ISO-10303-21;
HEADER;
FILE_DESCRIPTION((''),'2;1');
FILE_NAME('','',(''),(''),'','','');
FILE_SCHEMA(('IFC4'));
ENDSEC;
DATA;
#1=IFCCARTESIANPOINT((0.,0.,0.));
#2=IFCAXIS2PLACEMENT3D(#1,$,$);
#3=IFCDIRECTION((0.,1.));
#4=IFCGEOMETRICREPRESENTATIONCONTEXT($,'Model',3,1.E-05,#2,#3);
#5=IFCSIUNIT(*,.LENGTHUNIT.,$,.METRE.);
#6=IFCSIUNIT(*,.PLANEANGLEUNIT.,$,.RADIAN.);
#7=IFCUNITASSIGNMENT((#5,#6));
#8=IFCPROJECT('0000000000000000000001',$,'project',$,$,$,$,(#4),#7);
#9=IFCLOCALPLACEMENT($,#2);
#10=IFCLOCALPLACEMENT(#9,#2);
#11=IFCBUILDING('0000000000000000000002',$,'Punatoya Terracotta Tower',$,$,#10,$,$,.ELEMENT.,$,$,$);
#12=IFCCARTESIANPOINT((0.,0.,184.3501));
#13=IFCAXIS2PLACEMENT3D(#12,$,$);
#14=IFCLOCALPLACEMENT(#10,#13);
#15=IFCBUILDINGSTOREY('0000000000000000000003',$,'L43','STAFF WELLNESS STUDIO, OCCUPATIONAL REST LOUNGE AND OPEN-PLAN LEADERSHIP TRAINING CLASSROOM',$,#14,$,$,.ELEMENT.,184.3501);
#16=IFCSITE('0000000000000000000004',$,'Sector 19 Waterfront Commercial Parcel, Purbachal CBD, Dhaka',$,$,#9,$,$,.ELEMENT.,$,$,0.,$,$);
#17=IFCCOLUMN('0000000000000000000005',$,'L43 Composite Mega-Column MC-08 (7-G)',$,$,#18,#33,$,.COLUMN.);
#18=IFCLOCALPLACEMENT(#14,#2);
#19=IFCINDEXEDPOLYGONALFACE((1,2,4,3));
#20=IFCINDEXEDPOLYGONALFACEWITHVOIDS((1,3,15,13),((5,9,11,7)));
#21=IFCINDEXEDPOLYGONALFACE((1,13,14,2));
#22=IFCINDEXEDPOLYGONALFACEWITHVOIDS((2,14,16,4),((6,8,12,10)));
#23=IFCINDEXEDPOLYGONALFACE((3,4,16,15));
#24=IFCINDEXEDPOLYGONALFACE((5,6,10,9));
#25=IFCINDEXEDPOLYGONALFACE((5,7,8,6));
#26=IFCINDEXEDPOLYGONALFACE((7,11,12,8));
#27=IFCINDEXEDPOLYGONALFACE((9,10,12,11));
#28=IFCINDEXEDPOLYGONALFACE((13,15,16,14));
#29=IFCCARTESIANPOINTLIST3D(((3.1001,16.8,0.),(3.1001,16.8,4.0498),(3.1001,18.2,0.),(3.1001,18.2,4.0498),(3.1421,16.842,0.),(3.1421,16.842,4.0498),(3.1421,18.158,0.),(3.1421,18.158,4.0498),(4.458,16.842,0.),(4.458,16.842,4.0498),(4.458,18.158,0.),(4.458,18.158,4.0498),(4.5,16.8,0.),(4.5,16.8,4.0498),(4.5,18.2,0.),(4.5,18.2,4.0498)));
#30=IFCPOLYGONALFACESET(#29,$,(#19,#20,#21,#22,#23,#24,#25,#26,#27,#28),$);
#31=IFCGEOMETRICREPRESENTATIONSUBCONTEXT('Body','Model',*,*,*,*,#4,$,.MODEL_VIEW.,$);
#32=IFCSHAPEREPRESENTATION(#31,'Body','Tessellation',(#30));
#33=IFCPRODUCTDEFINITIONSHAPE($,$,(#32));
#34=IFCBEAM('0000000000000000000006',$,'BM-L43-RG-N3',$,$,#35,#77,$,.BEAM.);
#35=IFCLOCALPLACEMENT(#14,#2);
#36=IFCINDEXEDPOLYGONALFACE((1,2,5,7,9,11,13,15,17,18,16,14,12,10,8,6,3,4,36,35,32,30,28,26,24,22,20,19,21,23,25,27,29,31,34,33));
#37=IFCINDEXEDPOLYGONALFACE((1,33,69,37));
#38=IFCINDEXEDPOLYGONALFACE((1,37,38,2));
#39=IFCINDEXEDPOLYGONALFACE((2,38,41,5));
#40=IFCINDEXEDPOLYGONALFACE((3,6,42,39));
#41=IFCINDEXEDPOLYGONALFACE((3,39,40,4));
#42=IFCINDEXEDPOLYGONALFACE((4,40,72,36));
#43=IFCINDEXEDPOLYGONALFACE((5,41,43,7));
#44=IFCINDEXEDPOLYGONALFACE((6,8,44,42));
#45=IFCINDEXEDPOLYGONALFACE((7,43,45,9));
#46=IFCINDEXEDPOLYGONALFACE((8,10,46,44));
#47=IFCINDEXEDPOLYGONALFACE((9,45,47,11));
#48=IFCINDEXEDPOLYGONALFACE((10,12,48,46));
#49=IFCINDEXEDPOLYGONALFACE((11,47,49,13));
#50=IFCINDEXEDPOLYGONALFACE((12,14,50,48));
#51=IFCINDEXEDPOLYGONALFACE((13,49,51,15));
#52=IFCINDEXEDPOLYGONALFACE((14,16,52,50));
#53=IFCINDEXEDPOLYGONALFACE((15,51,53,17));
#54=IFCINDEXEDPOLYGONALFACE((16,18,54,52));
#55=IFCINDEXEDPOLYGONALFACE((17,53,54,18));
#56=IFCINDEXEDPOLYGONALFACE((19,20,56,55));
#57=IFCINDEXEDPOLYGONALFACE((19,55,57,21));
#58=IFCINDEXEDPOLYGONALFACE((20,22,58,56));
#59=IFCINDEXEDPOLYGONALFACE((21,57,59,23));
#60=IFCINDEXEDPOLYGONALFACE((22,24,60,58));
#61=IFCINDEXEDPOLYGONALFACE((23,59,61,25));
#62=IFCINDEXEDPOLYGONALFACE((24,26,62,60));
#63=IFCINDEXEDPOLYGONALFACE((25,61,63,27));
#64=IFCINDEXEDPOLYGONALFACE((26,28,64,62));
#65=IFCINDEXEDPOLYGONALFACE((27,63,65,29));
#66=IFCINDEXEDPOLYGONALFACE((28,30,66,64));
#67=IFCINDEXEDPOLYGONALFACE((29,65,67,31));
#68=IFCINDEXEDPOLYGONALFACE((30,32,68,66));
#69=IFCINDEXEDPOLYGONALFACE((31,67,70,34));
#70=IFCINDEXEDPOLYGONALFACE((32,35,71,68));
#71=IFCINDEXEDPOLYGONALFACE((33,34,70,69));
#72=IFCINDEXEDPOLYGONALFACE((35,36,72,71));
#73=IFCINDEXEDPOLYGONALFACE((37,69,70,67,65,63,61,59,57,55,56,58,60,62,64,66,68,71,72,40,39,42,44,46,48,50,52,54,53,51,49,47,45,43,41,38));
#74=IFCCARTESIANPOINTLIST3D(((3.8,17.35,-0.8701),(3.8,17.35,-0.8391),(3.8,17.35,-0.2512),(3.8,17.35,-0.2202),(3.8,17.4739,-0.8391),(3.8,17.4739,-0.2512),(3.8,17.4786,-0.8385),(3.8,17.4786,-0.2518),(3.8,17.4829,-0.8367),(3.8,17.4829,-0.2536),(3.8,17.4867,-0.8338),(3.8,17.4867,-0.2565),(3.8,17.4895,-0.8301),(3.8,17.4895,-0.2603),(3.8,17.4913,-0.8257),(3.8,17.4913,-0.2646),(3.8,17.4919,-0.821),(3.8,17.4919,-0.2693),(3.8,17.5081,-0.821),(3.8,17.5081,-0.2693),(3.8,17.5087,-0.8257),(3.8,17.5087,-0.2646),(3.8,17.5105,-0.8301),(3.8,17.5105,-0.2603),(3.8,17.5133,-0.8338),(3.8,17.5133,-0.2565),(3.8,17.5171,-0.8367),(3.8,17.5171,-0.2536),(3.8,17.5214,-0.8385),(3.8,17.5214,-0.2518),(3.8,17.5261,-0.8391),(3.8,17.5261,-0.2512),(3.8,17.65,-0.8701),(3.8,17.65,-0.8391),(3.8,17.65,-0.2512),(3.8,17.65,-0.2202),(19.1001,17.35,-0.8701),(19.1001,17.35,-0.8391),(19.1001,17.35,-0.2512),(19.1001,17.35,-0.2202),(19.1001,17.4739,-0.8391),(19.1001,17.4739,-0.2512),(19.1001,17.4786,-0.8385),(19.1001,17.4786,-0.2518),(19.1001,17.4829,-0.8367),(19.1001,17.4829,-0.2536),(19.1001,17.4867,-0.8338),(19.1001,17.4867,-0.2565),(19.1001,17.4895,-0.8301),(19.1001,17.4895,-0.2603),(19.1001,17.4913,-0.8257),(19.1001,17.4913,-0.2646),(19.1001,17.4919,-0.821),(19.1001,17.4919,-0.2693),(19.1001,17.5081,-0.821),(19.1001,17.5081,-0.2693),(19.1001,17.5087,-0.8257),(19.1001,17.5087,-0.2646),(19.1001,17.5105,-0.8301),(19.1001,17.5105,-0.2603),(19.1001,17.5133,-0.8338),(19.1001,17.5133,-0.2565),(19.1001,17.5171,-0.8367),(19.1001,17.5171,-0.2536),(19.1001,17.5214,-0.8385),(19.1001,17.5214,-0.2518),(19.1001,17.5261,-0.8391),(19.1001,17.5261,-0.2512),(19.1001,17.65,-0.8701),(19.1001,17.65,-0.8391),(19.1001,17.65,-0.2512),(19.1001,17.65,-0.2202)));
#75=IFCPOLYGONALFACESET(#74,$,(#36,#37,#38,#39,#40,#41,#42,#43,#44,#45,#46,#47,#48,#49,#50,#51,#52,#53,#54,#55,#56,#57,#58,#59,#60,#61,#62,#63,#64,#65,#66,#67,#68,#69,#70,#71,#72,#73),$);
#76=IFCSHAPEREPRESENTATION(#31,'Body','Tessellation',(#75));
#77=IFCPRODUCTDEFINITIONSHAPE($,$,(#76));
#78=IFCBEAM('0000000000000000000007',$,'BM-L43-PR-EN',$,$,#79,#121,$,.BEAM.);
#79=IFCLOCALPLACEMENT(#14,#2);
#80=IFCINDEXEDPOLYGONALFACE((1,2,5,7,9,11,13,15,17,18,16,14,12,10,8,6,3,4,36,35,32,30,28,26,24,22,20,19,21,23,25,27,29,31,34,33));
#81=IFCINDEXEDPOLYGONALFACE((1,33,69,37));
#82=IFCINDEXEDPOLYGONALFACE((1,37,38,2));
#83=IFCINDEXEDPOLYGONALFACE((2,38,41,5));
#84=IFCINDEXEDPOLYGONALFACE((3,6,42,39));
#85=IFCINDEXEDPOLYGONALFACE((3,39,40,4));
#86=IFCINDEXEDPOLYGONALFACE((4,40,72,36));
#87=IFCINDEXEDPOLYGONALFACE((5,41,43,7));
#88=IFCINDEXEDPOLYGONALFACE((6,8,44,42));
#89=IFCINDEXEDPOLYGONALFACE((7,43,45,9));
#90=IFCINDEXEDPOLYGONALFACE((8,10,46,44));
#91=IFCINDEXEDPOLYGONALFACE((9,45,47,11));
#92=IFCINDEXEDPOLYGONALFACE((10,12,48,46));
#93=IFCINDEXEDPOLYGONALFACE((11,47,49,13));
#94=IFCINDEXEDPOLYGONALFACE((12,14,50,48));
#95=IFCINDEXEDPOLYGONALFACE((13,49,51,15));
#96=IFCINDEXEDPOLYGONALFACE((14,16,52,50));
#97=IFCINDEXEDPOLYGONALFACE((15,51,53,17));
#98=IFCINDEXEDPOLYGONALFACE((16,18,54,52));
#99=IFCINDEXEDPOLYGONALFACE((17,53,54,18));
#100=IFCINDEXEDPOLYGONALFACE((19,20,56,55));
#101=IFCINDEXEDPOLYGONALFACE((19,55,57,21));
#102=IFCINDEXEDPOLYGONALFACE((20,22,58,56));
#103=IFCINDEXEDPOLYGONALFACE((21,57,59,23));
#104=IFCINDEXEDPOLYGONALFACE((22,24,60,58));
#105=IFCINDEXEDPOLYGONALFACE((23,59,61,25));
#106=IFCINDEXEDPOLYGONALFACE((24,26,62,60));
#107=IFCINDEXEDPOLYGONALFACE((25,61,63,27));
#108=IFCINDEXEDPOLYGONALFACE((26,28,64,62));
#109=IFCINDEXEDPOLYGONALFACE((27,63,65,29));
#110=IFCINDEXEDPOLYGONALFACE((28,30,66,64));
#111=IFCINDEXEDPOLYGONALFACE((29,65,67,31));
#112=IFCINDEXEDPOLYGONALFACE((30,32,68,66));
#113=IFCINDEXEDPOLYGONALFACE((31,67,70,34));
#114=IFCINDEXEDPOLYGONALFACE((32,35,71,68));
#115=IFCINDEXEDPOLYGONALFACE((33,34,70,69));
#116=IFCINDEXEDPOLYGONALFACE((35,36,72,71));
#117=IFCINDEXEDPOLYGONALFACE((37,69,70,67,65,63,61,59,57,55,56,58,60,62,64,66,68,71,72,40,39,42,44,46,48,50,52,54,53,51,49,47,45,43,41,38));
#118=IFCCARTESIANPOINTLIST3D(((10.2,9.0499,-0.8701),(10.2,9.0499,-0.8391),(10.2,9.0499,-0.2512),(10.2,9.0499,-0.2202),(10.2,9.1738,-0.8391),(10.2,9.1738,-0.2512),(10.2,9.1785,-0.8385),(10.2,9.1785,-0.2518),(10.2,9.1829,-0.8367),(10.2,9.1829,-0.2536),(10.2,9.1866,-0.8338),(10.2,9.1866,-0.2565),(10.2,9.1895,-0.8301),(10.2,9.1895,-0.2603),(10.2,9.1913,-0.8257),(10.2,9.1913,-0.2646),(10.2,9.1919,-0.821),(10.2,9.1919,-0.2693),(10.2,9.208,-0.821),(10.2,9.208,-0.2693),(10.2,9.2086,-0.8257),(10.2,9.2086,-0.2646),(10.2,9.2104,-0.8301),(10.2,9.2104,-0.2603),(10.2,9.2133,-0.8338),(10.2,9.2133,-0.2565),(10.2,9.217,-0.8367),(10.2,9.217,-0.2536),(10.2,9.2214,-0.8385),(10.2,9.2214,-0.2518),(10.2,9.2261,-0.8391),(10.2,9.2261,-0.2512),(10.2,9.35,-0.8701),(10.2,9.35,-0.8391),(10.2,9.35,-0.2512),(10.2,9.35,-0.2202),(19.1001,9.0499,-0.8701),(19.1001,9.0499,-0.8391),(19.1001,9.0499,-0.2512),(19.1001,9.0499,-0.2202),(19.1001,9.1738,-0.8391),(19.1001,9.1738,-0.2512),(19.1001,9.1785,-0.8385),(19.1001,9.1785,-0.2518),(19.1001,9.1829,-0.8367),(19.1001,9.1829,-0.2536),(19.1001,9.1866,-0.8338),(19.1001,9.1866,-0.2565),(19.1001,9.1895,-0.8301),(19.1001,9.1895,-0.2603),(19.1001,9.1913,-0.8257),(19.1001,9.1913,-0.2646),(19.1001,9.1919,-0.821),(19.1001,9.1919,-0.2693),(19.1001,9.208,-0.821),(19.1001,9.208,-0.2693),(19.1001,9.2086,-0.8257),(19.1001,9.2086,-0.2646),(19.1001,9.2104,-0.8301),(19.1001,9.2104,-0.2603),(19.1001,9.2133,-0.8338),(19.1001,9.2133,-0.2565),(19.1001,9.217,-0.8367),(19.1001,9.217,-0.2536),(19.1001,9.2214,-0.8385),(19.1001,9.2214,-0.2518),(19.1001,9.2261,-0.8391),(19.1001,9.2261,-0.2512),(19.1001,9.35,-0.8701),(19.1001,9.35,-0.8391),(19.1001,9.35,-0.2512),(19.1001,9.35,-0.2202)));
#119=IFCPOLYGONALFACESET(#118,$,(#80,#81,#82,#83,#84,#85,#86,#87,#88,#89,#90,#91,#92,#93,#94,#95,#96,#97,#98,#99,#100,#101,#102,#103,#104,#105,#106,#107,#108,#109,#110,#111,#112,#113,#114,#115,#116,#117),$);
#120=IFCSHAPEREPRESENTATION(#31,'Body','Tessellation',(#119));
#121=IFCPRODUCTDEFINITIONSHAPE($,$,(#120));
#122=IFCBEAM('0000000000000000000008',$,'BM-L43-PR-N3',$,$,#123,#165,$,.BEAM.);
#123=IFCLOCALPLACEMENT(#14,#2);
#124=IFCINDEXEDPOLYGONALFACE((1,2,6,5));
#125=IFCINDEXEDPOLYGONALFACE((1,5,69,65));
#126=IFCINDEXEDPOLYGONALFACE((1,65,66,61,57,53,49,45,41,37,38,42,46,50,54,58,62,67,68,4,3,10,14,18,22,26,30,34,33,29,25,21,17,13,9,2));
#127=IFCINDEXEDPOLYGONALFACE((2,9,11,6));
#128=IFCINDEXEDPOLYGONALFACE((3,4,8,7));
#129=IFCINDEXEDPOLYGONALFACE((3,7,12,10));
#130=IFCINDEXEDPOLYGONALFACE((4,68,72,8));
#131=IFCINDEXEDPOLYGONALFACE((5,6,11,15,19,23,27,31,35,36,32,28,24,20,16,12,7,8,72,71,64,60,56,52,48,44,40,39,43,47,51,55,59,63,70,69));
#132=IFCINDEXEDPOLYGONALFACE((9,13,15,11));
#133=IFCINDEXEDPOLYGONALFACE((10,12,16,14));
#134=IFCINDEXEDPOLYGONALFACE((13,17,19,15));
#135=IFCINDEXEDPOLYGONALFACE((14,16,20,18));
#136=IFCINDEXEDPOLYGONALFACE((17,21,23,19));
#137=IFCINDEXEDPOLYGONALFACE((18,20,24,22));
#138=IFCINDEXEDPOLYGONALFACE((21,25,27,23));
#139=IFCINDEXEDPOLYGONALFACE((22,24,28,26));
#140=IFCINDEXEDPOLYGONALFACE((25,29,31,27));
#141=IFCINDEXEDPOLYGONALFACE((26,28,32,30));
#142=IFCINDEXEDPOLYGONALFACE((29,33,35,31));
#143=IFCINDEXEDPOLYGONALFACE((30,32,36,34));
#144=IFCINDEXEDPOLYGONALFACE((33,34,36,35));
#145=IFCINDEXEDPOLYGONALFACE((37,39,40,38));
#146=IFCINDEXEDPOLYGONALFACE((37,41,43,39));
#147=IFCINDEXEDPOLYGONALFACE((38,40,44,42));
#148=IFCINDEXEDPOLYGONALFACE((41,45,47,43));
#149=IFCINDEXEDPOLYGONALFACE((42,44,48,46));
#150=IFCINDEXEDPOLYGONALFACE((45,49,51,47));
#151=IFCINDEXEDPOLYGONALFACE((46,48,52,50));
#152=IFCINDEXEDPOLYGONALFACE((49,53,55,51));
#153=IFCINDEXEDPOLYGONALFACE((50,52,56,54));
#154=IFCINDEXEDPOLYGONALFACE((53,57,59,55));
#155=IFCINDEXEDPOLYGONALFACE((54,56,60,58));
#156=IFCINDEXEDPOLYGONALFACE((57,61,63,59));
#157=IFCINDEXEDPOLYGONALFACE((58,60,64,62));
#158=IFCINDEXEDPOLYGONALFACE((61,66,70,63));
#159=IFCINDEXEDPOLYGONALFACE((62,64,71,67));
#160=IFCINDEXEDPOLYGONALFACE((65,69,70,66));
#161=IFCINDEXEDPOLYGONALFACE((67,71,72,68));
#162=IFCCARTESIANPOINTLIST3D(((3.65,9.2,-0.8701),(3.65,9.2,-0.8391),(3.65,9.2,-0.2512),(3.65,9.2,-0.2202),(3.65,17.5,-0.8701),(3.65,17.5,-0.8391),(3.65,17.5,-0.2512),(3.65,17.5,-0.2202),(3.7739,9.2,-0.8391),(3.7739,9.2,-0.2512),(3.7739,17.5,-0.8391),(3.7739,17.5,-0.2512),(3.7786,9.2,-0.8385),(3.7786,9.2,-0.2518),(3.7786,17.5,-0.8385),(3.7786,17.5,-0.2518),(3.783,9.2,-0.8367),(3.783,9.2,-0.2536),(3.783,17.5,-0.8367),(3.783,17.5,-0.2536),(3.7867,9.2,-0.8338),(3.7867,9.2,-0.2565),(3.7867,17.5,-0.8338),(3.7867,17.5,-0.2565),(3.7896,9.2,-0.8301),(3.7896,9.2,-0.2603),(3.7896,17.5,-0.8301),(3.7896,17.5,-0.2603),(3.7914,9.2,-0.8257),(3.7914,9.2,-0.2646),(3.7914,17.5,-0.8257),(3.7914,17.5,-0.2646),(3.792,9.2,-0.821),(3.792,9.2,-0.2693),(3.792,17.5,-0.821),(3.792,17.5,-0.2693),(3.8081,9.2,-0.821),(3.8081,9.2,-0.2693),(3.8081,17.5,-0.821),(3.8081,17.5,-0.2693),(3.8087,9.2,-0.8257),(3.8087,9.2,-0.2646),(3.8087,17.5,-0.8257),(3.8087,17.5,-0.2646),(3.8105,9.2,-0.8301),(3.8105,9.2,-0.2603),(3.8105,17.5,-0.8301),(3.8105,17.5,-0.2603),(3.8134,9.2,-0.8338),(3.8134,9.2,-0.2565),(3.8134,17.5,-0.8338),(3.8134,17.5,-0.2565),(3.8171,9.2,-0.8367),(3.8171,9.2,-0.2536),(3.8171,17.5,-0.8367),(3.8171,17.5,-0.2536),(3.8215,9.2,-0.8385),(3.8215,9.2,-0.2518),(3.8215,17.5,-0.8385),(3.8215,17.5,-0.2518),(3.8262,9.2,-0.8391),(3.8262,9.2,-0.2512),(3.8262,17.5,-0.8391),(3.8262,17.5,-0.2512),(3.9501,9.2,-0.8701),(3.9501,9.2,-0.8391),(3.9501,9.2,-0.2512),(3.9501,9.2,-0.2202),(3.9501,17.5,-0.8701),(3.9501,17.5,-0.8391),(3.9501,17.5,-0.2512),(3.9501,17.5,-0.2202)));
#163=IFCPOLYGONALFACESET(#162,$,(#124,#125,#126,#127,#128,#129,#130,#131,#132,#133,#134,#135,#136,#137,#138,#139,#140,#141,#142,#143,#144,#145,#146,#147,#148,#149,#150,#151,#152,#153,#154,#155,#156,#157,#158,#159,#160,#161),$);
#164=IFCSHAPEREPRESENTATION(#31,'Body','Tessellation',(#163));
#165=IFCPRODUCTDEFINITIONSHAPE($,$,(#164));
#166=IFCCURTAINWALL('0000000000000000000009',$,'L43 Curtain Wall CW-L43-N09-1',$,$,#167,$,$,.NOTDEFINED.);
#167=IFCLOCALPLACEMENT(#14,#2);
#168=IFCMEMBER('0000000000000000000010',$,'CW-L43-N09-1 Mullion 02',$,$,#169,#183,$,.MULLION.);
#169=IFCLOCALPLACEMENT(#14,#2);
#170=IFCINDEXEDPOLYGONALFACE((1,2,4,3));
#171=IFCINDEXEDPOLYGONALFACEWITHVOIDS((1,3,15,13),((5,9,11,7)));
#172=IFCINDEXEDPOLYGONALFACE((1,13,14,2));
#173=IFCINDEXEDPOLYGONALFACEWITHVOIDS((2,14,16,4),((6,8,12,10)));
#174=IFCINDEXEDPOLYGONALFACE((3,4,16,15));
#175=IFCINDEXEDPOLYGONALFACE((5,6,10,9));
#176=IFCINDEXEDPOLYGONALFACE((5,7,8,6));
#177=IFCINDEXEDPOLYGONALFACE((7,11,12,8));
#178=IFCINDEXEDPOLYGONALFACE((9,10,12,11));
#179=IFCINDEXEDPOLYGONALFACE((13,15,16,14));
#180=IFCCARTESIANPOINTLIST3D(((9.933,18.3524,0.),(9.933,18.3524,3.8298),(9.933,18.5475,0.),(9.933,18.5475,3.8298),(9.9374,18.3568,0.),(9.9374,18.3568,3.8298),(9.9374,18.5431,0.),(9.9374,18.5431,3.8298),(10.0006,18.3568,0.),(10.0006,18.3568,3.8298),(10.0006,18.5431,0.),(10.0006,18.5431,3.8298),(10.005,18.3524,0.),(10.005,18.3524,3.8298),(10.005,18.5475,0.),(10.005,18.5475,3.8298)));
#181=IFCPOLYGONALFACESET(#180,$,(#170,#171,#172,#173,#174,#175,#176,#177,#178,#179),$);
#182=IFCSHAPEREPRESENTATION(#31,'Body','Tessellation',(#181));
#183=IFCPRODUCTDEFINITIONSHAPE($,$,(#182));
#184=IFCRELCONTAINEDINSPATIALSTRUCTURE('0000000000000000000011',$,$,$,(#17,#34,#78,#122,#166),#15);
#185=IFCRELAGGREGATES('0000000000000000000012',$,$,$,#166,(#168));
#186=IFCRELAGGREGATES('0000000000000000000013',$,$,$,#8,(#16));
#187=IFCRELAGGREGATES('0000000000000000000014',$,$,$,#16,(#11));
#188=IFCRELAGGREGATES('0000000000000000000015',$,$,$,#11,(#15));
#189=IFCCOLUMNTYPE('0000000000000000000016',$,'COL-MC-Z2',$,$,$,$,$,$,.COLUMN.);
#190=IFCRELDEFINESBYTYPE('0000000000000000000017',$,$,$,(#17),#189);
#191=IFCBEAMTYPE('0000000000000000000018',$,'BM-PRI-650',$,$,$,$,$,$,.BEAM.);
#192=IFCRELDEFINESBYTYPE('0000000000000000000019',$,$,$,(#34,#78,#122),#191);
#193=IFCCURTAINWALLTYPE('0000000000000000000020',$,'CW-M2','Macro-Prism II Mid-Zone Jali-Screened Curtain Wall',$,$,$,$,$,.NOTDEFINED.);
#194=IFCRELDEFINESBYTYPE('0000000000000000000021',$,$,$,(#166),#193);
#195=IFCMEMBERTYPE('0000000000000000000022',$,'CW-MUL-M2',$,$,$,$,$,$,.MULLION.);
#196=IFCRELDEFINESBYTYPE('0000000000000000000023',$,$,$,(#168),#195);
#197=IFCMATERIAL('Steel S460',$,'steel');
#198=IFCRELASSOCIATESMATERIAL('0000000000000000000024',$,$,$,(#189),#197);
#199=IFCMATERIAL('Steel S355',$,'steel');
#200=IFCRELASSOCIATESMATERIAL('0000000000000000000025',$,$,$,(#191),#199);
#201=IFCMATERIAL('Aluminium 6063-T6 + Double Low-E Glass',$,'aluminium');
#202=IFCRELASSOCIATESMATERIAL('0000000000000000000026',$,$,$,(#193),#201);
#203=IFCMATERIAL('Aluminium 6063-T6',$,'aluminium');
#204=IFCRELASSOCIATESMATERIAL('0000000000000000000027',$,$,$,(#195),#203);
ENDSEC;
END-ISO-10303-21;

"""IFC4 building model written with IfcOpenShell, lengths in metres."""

from ifc_helpers import new_model, si_unit, direction, frame, origin, origin_2d, place, context, subcontext, project, spatial, hollow_rectangle, i_section, extrude, material, material_profile, profile_set, type_object, element, aggregate, save


model = new_model("IFC4")

# Units and contexts
model_context = context("Model", 3, precision=1e-05, world=origin(), true_north=direction((0.0, 1.0)))
body_context = subcontext(model_context, "Body", "Model", "MODEL_VIEW")
ifc_project = project(units=[si_unit("LENGTHUNIT", "METRE"), si_unit("PLANEANGLEUNIT", "RADIAN")], contexts=[model_context])

# Site, building, storey
site_placement = place(None, origin())
site = spatial("IfcSite", under=ifc_project, at=site_placement, Name="Sector 19 Waterfront Commercial Parcel, Purbachal CBD, Dhaka", CompositionType="ELEMENT", RefElevation=0.0)
building_placement = place(site_placement, origin())
building = spatial("IfcBuilding", under=site, at=building_placement, Name="Punatoya Terracotta Tower", CompositionType="ELEMENT")
storey_placement = place(building_placement, frame((0.0, 0.0, 184.3501)))
storey = spatial("IfcBuildingStorey", under=building, at=storey_placement, Name="L43", Description="STAFF WELLNESS STUDIO, OCCUPATIONAL REST LOUNGE AND OPEN-PLAN LEADERSHIP TRAINING CLASSROOM", CompositionType="ELEMENT", Elevation=184.3501)

# Column
ifc_material_1 = material(Name="Steel S460", Category="steel")
ifc_material_profile_1 = material_profile(ifc_material_1, hollow_rectangle(XDim=1.3999, YDim=1.3999, WallThickness=0.042, at=origin_2d()))
ifc_profile_set_1 = profile_set([ifc_material_profile_1], Name="Steel S460")
column_type = type_object("IfcColumnType", Name="COL-MC-Z2", PredefinedType="COLUMN", material=ifc_profile_set_1)
column_placement = place(storey_placement, frame((3.8, 17.5, 0.0), z_axis=(0.0, 0.0, 1.0), x_axis=(1.0, 0.0, 0.0)))
element("IfcColumn", 1, at=column_placement, inside=storey, type_object=column_type, Name="L43 Composite Mega-Column MC-08 (7-G)", PredefinedType="COLUMN", context=body_context, shape_type="SweptSolid", body=[
    extrude(hollow_rectangle(XDim=1.3999, YDim=1.3999, WallThickness=0.042, at=origin_2d()), origin(), (0.0, 0.0, 1.0), 4.0498),
])

# Beams
ifc_material_2 = material(Name="Steel S355", Category="steel")
ifc_material_profile_2 = material_profile(ifc_material_2, i_section(OverallWidth=0.3, OverallDepth=0.6499, WebThickness=0.0161, FlangeThickness=0.031, FilletRadius=0.0181, at=origin_2d()))
ifc_profile_set_2 = profile_set([ifc_material_profile_2], Name="Steel S355")
beam_type = type_object("IfcBeamType", Name="BM-PRI-650", PredefinedType="BEAM", material=ifc_profile_set_2)
beam_1_placement = place(storey_placement, frame((3.8, 17.5, -0.5452), z_axis=(1.0, 0.0, 0.0), x_axis=(0.0, 1.0, 0.0)))
element("IfcBeam", 2, at=beam_1_placement, inside=storey, type_object=beam_type, Name="BM-L43-RG-N3", PredefinedType="BEAM", context=body_context, shape_type="SweptSolid", body=[
    extrude(i_section(OverallWidth=0.3, OverallDepth=0.6499, WebThickness=0.0161, FlangeThickness=0.031, FilletRadius=0.0181, at=origin_2d()), origin(), (0.0, 0.0, 1.0), 15.3),
])
beam_2_placement = place(storey_placement, frame((10.2, 9.2, -0.5452), z_axis=(1.0, 0.0, 0.0), x_axis=(0.0, 1.0, 0.0)))
element("IfcBeam", 3, at=beam_2_placement, inside=storey, type_object=beam_type, Name="BM-L43-PR-EN", PredefinedType="BEAM", context=body_context, shape_type="SweptSolid", body=[
    extrude(i_section(OverallWidth=0.3, OverallDepth=0.6499, WebThickness=0.0161, FlangeThickness=0.031, FilletRadius=0.0181, at=origin_2d()), origin(), (0.0, 0.0, 1.0), 8.9001),
])
beam_3_placement = place(storey_placement, frame((3.8, 9.2, -0.5452), z_axis=(0.0, 1.0, 0.0), x_axis=(-1.0, 0.0, 0.0)))
element("IfcBeam", 4, at=beam_3_placement, inside=storey, type_object=beam_type, Name="BM-L43-PR-N3", PredefinedType="BEAM", context=body_context, shape_type="SweptSolid", body=[
    extrude(i_section(OverallWidth=0.3, OverallDepth=0.6499, WebThickness=0.0161, FlangeThickness=0.031, FilletRadius=0.0181, at=origin_2d()), origin(), (0.0, 0.0, 1.0), 8.3),
])

# Curtain wall, member
ifc_material_3 = material(Name="Aluminium 6063-T6 + Double Low-E Glass", Category="aluminium")
curtain_wall_type = type_object("IfcCurtainWallType", Name="CW-M2", Description="Macro-Prism II Mid-Zone Jali-Screened Curtain Wall", PredefinedType="NOTDEFINED", material=ifc_material_3)
curtain_wall_placement = place(storey_placement, origin())
curtain_wall = element("IfcCurtainWall", 5, at=curtain_wall_placement, inside=storey, type_object=curtain_wall_type, Name="L43 Curtain Wall CW-L43-N09-1", PredefinedType="NOTDEFINED")
ifc_material_4 = material(Name="Aluminium 6063-T6", Category="aluminium")
ifc_material_profile_3 = material_profile(ifc_material_4, hollow_rectangle(XDim=0.072, YDim=0.1951, WallThickness=0.0044, at=origin_2d()))
ifc_profile_set_3 = profile_set([ifc_material_profile_3], Name="Aluminium 6063-T6")
member_type = type_object("IfcMemberType", Name="CW-MUL-M2", PredefinedType="MULLION", material=ifc_profile_set_3)
member_1_placement = place(storey_placement, frame((9.969, 18.45, 0.0), z_axis=(0.0, 0.0, 1.0), x_axis=(1.0, 0.0, 0.0)))
member_1 = element("IfcMember", 6, at=member_1_placement, type_object=member_type, Name="CW-L43-N09-1 Mullion 02", PredefinedType="MULLION", context=body_context, shape_type="SweptSolid", body=[
    extrude(hollow_rectangle(XDim=0.072, YDim=0.1951, WallThickness=0.0044, at=origin_2d()), origin(), (0.0, 0.0, 1.0), 3.8298),
])
aggregate(curtain_wall, [member_1])

save(model, "model.ifc")
